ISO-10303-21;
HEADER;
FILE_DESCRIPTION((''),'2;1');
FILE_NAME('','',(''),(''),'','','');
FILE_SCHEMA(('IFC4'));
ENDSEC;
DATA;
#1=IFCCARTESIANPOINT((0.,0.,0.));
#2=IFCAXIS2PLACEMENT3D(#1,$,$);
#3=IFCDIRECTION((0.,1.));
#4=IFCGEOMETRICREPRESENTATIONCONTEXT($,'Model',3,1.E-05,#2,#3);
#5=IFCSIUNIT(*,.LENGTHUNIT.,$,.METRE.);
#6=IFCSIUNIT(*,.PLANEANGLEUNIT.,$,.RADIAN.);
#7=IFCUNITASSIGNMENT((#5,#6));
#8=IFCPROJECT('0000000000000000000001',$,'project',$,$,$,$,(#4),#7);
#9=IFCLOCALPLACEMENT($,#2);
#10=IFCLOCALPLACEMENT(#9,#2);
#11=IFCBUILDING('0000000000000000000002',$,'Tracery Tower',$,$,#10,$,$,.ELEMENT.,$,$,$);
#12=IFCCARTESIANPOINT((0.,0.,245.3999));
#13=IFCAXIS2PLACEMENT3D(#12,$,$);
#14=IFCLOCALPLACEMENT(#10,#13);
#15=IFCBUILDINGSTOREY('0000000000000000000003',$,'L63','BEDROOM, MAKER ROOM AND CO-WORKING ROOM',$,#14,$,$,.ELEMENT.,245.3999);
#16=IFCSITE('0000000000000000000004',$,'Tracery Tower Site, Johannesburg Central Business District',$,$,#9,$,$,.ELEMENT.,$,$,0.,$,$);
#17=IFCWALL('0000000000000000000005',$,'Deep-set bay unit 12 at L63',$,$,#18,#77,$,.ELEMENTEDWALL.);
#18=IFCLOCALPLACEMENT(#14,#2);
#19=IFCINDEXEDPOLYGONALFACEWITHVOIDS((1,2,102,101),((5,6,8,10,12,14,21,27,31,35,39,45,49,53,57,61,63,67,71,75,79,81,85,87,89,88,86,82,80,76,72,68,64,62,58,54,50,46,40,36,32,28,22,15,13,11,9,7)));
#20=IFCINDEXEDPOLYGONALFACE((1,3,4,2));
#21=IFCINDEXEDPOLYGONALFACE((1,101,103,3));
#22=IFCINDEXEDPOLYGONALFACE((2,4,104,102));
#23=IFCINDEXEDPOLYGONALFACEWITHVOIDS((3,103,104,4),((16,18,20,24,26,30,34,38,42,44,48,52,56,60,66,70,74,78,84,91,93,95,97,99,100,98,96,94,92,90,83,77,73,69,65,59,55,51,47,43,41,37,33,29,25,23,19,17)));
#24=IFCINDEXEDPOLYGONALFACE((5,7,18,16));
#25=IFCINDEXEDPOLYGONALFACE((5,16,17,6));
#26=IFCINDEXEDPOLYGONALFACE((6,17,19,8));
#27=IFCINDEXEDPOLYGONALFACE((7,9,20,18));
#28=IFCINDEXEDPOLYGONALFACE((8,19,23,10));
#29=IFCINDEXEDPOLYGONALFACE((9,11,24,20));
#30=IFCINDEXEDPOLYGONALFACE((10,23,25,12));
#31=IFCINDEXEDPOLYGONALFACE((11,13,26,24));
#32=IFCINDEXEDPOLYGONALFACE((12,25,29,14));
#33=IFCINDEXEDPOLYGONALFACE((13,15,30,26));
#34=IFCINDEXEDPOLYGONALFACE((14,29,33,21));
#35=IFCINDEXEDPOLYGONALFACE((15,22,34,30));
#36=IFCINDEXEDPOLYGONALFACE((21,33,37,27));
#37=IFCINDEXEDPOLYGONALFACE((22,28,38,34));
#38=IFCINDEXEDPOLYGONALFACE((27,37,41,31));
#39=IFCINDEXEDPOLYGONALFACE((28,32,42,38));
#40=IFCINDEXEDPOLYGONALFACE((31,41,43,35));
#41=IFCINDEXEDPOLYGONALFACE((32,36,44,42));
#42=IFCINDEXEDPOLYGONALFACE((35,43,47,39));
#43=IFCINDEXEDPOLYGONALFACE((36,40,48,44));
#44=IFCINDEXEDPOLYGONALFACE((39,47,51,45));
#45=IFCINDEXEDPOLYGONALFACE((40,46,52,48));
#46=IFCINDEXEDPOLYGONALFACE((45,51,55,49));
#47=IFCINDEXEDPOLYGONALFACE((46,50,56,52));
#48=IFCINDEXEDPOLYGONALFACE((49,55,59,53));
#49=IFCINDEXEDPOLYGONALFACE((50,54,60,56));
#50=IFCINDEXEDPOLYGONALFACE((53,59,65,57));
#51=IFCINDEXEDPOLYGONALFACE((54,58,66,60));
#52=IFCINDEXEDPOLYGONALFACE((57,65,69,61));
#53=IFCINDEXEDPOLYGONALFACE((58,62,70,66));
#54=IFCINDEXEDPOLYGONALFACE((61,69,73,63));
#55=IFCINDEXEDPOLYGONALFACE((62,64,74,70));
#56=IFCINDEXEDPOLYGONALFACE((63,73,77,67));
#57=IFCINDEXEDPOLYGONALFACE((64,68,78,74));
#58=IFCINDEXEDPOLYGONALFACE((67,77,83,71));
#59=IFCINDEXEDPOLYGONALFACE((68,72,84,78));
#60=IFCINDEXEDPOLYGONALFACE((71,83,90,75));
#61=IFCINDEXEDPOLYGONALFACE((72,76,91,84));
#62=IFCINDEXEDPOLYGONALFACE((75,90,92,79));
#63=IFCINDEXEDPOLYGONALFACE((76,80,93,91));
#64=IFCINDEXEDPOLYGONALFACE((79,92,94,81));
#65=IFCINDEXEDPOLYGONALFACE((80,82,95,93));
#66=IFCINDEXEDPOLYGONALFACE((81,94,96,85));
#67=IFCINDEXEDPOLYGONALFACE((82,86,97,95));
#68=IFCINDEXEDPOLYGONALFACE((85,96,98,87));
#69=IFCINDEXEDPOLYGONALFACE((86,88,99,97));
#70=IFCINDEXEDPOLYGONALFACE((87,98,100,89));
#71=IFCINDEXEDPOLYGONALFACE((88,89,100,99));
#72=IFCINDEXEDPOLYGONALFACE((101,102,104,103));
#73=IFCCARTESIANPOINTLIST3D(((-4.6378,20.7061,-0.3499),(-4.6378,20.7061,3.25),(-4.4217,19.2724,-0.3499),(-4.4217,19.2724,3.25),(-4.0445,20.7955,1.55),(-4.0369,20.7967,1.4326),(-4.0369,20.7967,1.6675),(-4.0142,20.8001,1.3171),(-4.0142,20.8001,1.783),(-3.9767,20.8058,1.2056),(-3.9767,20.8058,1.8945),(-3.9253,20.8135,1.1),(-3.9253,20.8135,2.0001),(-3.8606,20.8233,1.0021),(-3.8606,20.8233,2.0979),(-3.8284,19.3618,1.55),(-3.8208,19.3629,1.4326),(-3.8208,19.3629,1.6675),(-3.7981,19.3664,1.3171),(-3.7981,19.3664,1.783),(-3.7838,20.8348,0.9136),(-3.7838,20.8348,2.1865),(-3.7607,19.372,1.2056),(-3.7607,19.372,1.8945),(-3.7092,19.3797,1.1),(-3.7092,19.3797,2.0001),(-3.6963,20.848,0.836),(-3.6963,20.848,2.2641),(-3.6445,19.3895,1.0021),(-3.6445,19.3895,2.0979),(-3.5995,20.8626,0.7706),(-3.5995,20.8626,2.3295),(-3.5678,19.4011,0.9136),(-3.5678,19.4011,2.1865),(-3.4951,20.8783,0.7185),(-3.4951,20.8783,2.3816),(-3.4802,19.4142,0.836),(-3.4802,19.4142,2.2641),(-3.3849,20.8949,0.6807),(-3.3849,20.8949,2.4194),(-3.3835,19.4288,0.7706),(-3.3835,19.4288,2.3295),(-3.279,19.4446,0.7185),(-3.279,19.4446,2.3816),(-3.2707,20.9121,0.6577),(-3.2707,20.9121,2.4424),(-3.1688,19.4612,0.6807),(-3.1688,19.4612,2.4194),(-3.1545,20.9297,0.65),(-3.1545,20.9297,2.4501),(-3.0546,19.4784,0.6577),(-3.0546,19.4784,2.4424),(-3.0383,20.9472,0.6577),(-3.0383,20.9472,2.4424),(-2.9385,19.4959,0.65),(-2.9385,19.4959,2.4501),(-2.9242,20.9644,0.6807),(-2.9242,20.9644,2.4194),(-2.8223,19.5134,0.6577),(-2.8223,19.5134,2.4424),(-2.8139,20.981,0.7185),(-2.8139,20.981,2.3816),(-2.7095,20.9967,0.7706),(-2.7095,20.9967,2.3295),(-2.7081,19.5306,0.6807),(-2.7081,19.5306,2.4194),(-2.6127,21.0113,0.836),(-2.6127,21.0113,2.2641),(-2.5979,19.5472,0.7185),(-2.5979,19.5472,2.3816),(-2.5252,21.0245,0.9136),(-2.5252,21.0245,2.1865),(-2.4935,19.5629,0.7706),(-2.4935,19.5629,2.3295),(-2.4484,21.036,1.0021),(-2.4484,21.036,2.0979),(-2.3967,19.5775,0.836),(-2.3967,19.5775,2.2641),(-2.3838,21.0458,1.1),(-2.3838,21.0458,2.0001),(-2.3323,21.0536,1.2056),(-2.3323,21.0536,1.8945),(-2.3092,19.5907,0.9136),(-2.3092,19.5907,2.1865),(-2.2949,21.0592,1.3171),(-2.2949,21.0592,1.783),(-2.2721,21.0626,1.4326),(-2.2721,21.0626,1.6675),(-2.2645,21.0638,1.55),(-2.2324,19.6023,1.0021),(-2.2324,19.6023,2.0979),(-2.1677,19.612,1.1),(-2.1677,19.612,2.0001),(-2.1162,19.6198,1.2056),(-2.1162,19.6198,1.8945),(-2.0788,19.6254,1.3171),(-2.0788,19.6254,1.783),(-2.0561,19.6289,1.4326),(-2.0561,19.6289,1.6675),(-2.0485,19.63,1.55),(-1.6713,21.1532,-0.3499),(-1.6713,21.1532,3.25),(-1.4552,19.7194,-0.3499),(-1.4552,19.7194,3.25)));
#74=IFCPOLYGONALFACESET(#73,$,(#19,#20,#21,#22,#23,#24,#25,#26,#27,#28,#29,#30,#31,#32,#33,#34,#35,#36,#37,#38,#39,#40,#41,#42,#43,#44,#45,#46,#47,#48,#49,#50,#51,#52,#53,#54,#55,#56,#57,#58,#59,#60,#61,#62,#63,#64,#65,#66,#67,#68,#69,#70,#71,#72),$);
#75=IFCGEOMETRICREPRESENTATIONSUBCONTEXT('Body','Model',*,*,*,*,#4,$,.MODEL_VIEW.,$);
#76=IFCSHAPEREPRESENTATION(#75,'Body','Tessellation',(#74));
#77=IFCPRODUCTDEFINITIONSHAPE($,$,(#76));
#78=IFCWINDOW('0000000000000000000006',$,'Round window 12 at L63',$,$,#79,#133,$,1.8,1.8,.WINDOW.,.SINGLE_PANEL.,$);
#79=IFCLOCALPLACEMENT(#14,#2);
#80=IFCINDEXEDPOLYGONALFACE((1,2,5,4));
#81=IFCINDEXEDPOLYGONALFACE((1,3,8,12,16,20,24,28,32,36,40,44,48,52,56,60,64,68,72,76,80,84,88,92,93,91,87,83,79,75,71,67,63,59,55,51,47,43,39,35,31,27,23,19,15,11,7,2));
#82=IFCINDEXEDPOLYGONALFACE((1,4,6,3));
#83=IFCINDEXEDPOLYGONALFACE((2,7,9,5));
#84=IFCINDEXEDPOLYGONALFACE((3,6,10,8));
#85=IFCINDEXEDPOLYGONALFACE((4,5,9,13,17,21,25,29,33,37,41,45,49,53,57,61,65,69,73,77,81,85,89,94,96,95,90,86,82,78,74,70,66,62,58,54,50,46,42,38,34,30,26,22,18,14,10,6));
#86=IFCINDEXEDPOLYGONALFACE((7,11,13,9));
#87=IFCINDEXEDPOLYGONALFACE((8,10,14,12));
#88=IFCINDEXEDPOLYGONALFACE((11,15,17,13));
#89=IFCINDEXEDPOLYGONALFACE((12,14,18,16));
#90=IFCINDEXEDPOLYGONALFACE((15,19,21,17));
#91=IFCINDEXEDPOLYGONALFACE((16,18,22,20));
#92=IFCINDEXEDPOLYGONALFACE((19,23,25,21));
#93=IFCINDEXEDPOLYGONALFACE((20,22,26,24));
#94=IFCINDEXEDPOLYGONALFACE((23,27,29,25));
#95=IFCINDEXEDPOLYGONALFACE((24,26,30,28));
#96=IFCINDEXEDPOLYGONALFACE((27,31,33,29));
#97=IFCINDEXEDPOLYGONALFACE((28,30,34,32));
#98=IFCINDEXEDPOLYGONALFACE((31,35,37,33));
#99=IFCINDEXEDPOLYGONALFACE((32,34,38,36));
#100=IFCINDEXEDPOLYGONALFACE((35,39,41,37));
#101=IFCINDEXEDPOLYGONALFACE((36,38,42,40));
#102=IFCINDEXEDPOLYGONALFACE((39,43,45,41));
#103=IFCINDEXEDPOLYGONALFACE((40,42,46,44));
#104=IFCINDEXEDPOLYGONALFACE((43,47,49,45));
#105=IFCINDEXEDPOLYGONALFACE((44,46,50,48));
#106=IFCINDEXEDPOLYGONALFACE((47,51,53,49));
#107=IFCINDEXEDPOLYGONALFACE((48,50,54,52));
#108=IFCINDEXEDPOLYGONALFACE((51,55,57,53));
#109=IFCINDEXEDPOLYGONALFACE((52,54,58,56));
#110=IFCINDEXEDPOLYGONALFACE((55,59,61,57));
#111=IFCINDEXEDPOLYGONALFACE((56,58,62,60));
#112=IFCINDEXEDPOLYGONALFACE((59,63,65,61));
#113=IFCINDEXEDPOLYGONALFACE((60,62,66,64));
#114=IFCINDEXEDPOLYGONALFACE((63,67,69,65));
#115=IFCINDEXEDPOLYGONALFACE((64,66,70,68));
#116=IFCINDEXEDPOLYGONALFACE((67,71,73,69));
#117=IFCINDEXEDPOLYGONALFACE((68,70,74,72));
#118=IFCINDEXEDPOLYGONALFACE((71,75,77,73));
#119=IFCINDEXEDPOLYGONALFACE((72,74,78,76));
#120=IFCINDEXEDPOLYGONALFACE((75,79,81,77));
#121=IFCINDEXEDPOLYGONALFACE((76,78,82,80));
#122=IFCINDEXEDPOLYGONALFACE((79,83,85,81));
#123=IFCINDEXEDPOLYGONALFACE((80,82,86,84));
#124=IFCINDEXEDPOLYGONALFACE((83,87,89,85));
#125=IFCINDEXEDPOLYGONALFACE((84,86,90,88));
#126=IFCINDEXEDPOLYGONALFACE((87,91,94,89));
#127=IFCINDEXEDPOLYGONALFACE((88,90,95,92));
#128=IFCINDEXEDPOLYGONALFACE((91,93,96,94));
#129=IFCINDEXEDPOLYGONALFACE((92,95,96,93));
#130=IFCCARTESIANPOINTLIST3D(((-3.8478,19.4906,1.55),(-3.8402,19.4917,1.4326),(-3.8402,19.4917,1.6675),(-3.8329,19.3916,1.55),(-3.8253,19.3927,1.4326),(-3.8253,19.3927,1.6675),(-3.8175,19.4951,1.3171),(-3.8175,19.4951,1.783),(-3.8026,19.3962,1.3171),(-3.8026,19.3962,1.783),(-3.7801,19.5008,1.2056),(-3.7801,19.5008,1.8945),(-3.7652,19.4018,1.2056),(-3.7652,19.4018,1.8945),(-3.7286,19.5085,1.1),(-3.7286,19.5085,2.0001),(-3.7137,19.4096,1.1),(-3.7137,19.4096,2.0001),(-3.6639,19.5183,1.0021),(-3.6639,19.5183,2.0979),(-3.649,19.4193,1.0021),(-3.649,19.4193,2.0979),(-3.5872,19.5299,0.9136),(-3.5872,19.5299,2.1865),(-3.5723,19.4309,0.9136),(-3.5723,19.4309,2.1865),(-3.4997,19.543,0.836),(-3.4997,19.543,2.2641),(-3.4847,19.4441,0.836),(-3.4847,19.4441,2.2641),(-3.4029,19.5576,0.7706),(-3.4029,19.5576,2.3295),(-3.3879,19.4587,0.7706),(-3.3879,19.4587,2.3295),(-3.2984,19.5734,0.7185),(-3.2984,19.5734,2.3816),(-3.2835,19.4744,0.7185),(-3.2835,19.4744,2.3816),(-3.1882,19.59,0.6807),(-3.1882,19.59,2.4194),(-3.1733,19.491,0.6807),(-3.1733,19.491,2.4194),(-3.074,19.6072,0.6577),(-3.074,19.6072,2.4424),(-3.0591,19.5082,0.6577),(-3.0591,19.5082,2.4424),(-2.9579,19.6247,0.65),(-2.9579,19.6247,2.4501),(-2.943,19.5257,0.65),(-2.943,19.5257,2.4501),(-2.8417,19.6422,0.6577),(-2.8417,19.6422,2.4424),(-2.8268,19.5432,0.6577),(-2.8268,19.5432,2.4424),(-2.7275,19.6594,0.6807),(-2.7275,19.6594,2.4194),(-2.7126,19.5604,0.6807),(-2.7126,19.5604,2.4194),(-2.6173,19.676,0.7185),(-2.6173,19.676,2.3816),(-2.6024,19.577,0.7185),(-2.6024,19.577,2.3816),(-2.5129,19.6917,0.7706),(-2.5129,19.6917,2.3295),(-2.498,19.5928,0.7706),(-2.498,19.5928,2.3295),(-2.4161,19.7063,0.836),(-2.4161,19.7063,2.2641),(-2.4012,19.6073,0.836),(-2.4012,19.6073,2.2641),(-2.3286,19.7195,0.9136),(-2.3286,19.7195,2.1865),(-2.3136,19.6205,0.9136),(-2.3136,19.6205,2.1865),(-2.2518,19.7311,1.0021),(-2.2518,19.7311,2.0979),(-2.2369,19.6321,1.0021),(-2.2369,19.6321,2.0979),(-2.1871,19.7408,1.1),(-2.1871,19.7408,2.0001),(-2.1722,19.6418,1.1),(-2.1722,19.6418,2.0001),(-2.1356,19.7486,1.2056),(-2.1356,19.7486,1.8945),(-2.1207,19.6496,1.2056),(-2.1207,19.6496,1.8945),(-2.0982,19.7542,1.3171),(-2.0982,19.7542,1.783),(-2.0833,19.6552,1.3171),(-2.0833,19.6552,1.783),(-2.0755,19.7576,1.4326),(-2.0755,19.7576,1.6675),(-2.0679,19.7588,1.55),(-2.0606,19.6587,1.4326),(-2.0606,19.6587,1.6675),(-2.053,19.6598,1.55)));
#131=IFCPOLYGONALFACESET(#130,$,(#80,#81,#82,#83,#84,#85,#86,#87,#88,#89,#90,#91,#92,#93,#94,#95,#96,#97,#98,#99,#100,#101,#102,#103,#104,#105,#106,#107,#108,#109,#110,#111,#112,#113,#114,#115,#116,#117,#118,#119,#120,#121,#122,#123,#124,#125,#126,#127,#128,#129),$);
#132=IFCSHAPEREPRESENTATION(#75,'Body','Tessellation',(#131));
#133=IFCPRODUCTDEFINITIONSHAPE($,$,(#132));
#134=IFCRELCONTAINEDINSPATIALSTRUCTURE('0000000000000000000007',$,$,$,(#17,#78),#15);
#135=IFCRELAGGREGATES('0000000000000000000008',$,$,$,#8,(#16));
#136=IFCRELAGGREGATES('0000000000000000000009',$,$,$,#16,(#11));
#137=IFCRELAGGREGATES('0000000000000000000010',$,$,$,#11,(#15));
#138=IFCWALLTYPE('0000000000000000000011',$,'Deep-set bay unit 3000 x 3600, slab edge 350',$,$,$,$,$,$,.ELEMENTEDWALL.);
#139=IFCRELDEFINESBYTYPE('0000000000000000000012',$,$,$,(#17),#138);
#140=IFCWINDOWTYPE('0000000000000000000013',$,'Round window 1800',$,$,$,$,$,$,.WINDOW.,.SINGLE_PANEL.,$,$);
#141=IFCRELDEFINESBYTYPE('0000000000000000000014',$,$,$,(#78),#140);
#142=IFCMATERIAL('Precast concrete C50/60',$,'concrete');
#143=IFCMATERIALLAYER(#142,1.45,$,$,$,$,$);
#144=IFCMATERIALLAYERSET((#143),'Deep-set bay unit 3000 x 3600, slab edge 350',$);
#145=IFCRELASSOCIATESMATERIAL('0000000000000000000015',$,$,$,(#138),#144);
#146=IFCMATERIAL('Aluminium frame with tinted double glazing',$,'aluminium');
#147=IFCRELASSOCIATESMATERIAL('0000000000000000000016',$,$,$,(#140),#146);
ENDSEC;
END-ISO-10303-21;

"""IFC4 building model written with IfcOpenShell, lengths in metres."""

from ifc_helpers import new_model, si_unit, direction, frame, frame_2d, origin, origin_2d, place, context, subcontext, project, spatial, rectangle, circle, extrude, material, layer, layer_set, type_object, element, fill, save


model = new_model("IFC4")

# Units and contexts
model_context = context("Model", 3, precision=1e-05, world=origin(), true_north=direction((0.0, 1.0)))
body_context = subcontext(model_context, "Body", "Model", "MODEL_VIEW")
ifc_project = project(units=[si_unit("LENGTHUNIT", "METRE"), si_unit("PLANEANGLEUNIT", "RADIAN")], contexts=[model_context])

# Site, building, storey
site_placement = place(None, origin())
site = spatial("IfcSite", under=ifc_project, at=site_placement, Name="Tracery Tower Site, Johannesburg Central Business District", CompositionType="ELEMENT", RefElevation=0.0)
building_placement = place(site_placement, origin())
building = spatial("IfcBuilding", under=site, at=building_placement, Name="Tracery Tower", CompositionType="ELEMENT")
storey_placement = place(building_placement, frame((0.0, 0.0, 245.3999)))
storey = spatial("IfcBuildingStorey", under=building, at=storey_placement, Name="L63", Description="BEDROOM, MAKER ROOM AND CO-WORKING ROOM", CompositionType="ELEMENT", Elevation=245.3999)

# Wall, opening, window
ifc_material_1 = material(Name="Precast concrete C50/60", Category="concrete")
ifc_layer_1 = layer(ifc_material_1, 1.45)
ifc_layer_set_1 = layer_set([ifc_layer_1], Name="Deep-set bay unit 3000 x 3600, slab edge 350")
wall_type_1 = type_object("IfcWallType", Name="Deep-set bay unit 3000 x 3600, slab edge 350", PredefinedType="ELEMENTEDWALL", material=ifc_layer_set_1)
wall_1_placement = place(storey_placement, frame((-1.5632, 20.4363, -0.3499), z_axis=(0.0, 0.0, 1.0), x_axis=(-0.988836, -0.149005, 0.0)))
wall_1 = element("IfcWall", 1, at=wall_1_placement, inside=storey, type_object=wall_type_1, Name="Deep-set bay unit 12 at L63", PredefinedType="ELEMENTEDWALL", context=body_context, shape_type="SweptSolid", body=[
    extrude(rectangle(XDim=3.0, YDim=1.45, at=frame_2d((1.5, 0.0))), origin(), (0.0, 0.0, 1.0), 3.5999),
])
opening_1_placement = place(wall_1_placement, frame((1.5, 0.0, 1.8999)))
opening_1 = element("IfcOpeningElement", 2, at=opening_1_placement, cuts=wall_1, PredefinedType="OPENING", context=body_context, shape_type="SweptSolid", body=[
    extrude(circle(Radius=0.9, at=origin_2d()), frame((0.0, 0.7349, 0.0), z_axis=(0.0, -1.0, 0.0), x_axis=(1.0, 0.0, 0.0)), (0.0, 0.0, 1.0), 1.47),
])
ifc_material_2 = material(Name="Aluminium frame with tinted double glazing", Category="aluminium")
window_type = type_object("IfcWindowType", Name="Round window 1800", PartitioningType="SINGLE_PANEL", PredefinedType="WINDOW", material=ifc_material_2)
window_1_placement = place(opening_1_placement, origin())
window_1 = element("IfcWindow", 3, at=window_1_placement, inside=storey, type_object=window_type, Name="Round window 12 at L63", OverallHeight=1.8, OverallWidth=1.8, PartitioningType="SINGLE_PANEL", PredefinedType="WINDOW", context=body_context, shape_type="SweptSolid", body=[
    extrude(circle(Radius=0.9, at=origin_2d()), frame((0.0, 0.6948, 0.0), z_axis=(0.0, -1.0, 0.0), x_axis=(1.0, 0.0, 0.0)), (0.0, 0.0, 1.0), 0.1001),
])
fill(opening_1, window_1)

save(model, "model.ifc")
